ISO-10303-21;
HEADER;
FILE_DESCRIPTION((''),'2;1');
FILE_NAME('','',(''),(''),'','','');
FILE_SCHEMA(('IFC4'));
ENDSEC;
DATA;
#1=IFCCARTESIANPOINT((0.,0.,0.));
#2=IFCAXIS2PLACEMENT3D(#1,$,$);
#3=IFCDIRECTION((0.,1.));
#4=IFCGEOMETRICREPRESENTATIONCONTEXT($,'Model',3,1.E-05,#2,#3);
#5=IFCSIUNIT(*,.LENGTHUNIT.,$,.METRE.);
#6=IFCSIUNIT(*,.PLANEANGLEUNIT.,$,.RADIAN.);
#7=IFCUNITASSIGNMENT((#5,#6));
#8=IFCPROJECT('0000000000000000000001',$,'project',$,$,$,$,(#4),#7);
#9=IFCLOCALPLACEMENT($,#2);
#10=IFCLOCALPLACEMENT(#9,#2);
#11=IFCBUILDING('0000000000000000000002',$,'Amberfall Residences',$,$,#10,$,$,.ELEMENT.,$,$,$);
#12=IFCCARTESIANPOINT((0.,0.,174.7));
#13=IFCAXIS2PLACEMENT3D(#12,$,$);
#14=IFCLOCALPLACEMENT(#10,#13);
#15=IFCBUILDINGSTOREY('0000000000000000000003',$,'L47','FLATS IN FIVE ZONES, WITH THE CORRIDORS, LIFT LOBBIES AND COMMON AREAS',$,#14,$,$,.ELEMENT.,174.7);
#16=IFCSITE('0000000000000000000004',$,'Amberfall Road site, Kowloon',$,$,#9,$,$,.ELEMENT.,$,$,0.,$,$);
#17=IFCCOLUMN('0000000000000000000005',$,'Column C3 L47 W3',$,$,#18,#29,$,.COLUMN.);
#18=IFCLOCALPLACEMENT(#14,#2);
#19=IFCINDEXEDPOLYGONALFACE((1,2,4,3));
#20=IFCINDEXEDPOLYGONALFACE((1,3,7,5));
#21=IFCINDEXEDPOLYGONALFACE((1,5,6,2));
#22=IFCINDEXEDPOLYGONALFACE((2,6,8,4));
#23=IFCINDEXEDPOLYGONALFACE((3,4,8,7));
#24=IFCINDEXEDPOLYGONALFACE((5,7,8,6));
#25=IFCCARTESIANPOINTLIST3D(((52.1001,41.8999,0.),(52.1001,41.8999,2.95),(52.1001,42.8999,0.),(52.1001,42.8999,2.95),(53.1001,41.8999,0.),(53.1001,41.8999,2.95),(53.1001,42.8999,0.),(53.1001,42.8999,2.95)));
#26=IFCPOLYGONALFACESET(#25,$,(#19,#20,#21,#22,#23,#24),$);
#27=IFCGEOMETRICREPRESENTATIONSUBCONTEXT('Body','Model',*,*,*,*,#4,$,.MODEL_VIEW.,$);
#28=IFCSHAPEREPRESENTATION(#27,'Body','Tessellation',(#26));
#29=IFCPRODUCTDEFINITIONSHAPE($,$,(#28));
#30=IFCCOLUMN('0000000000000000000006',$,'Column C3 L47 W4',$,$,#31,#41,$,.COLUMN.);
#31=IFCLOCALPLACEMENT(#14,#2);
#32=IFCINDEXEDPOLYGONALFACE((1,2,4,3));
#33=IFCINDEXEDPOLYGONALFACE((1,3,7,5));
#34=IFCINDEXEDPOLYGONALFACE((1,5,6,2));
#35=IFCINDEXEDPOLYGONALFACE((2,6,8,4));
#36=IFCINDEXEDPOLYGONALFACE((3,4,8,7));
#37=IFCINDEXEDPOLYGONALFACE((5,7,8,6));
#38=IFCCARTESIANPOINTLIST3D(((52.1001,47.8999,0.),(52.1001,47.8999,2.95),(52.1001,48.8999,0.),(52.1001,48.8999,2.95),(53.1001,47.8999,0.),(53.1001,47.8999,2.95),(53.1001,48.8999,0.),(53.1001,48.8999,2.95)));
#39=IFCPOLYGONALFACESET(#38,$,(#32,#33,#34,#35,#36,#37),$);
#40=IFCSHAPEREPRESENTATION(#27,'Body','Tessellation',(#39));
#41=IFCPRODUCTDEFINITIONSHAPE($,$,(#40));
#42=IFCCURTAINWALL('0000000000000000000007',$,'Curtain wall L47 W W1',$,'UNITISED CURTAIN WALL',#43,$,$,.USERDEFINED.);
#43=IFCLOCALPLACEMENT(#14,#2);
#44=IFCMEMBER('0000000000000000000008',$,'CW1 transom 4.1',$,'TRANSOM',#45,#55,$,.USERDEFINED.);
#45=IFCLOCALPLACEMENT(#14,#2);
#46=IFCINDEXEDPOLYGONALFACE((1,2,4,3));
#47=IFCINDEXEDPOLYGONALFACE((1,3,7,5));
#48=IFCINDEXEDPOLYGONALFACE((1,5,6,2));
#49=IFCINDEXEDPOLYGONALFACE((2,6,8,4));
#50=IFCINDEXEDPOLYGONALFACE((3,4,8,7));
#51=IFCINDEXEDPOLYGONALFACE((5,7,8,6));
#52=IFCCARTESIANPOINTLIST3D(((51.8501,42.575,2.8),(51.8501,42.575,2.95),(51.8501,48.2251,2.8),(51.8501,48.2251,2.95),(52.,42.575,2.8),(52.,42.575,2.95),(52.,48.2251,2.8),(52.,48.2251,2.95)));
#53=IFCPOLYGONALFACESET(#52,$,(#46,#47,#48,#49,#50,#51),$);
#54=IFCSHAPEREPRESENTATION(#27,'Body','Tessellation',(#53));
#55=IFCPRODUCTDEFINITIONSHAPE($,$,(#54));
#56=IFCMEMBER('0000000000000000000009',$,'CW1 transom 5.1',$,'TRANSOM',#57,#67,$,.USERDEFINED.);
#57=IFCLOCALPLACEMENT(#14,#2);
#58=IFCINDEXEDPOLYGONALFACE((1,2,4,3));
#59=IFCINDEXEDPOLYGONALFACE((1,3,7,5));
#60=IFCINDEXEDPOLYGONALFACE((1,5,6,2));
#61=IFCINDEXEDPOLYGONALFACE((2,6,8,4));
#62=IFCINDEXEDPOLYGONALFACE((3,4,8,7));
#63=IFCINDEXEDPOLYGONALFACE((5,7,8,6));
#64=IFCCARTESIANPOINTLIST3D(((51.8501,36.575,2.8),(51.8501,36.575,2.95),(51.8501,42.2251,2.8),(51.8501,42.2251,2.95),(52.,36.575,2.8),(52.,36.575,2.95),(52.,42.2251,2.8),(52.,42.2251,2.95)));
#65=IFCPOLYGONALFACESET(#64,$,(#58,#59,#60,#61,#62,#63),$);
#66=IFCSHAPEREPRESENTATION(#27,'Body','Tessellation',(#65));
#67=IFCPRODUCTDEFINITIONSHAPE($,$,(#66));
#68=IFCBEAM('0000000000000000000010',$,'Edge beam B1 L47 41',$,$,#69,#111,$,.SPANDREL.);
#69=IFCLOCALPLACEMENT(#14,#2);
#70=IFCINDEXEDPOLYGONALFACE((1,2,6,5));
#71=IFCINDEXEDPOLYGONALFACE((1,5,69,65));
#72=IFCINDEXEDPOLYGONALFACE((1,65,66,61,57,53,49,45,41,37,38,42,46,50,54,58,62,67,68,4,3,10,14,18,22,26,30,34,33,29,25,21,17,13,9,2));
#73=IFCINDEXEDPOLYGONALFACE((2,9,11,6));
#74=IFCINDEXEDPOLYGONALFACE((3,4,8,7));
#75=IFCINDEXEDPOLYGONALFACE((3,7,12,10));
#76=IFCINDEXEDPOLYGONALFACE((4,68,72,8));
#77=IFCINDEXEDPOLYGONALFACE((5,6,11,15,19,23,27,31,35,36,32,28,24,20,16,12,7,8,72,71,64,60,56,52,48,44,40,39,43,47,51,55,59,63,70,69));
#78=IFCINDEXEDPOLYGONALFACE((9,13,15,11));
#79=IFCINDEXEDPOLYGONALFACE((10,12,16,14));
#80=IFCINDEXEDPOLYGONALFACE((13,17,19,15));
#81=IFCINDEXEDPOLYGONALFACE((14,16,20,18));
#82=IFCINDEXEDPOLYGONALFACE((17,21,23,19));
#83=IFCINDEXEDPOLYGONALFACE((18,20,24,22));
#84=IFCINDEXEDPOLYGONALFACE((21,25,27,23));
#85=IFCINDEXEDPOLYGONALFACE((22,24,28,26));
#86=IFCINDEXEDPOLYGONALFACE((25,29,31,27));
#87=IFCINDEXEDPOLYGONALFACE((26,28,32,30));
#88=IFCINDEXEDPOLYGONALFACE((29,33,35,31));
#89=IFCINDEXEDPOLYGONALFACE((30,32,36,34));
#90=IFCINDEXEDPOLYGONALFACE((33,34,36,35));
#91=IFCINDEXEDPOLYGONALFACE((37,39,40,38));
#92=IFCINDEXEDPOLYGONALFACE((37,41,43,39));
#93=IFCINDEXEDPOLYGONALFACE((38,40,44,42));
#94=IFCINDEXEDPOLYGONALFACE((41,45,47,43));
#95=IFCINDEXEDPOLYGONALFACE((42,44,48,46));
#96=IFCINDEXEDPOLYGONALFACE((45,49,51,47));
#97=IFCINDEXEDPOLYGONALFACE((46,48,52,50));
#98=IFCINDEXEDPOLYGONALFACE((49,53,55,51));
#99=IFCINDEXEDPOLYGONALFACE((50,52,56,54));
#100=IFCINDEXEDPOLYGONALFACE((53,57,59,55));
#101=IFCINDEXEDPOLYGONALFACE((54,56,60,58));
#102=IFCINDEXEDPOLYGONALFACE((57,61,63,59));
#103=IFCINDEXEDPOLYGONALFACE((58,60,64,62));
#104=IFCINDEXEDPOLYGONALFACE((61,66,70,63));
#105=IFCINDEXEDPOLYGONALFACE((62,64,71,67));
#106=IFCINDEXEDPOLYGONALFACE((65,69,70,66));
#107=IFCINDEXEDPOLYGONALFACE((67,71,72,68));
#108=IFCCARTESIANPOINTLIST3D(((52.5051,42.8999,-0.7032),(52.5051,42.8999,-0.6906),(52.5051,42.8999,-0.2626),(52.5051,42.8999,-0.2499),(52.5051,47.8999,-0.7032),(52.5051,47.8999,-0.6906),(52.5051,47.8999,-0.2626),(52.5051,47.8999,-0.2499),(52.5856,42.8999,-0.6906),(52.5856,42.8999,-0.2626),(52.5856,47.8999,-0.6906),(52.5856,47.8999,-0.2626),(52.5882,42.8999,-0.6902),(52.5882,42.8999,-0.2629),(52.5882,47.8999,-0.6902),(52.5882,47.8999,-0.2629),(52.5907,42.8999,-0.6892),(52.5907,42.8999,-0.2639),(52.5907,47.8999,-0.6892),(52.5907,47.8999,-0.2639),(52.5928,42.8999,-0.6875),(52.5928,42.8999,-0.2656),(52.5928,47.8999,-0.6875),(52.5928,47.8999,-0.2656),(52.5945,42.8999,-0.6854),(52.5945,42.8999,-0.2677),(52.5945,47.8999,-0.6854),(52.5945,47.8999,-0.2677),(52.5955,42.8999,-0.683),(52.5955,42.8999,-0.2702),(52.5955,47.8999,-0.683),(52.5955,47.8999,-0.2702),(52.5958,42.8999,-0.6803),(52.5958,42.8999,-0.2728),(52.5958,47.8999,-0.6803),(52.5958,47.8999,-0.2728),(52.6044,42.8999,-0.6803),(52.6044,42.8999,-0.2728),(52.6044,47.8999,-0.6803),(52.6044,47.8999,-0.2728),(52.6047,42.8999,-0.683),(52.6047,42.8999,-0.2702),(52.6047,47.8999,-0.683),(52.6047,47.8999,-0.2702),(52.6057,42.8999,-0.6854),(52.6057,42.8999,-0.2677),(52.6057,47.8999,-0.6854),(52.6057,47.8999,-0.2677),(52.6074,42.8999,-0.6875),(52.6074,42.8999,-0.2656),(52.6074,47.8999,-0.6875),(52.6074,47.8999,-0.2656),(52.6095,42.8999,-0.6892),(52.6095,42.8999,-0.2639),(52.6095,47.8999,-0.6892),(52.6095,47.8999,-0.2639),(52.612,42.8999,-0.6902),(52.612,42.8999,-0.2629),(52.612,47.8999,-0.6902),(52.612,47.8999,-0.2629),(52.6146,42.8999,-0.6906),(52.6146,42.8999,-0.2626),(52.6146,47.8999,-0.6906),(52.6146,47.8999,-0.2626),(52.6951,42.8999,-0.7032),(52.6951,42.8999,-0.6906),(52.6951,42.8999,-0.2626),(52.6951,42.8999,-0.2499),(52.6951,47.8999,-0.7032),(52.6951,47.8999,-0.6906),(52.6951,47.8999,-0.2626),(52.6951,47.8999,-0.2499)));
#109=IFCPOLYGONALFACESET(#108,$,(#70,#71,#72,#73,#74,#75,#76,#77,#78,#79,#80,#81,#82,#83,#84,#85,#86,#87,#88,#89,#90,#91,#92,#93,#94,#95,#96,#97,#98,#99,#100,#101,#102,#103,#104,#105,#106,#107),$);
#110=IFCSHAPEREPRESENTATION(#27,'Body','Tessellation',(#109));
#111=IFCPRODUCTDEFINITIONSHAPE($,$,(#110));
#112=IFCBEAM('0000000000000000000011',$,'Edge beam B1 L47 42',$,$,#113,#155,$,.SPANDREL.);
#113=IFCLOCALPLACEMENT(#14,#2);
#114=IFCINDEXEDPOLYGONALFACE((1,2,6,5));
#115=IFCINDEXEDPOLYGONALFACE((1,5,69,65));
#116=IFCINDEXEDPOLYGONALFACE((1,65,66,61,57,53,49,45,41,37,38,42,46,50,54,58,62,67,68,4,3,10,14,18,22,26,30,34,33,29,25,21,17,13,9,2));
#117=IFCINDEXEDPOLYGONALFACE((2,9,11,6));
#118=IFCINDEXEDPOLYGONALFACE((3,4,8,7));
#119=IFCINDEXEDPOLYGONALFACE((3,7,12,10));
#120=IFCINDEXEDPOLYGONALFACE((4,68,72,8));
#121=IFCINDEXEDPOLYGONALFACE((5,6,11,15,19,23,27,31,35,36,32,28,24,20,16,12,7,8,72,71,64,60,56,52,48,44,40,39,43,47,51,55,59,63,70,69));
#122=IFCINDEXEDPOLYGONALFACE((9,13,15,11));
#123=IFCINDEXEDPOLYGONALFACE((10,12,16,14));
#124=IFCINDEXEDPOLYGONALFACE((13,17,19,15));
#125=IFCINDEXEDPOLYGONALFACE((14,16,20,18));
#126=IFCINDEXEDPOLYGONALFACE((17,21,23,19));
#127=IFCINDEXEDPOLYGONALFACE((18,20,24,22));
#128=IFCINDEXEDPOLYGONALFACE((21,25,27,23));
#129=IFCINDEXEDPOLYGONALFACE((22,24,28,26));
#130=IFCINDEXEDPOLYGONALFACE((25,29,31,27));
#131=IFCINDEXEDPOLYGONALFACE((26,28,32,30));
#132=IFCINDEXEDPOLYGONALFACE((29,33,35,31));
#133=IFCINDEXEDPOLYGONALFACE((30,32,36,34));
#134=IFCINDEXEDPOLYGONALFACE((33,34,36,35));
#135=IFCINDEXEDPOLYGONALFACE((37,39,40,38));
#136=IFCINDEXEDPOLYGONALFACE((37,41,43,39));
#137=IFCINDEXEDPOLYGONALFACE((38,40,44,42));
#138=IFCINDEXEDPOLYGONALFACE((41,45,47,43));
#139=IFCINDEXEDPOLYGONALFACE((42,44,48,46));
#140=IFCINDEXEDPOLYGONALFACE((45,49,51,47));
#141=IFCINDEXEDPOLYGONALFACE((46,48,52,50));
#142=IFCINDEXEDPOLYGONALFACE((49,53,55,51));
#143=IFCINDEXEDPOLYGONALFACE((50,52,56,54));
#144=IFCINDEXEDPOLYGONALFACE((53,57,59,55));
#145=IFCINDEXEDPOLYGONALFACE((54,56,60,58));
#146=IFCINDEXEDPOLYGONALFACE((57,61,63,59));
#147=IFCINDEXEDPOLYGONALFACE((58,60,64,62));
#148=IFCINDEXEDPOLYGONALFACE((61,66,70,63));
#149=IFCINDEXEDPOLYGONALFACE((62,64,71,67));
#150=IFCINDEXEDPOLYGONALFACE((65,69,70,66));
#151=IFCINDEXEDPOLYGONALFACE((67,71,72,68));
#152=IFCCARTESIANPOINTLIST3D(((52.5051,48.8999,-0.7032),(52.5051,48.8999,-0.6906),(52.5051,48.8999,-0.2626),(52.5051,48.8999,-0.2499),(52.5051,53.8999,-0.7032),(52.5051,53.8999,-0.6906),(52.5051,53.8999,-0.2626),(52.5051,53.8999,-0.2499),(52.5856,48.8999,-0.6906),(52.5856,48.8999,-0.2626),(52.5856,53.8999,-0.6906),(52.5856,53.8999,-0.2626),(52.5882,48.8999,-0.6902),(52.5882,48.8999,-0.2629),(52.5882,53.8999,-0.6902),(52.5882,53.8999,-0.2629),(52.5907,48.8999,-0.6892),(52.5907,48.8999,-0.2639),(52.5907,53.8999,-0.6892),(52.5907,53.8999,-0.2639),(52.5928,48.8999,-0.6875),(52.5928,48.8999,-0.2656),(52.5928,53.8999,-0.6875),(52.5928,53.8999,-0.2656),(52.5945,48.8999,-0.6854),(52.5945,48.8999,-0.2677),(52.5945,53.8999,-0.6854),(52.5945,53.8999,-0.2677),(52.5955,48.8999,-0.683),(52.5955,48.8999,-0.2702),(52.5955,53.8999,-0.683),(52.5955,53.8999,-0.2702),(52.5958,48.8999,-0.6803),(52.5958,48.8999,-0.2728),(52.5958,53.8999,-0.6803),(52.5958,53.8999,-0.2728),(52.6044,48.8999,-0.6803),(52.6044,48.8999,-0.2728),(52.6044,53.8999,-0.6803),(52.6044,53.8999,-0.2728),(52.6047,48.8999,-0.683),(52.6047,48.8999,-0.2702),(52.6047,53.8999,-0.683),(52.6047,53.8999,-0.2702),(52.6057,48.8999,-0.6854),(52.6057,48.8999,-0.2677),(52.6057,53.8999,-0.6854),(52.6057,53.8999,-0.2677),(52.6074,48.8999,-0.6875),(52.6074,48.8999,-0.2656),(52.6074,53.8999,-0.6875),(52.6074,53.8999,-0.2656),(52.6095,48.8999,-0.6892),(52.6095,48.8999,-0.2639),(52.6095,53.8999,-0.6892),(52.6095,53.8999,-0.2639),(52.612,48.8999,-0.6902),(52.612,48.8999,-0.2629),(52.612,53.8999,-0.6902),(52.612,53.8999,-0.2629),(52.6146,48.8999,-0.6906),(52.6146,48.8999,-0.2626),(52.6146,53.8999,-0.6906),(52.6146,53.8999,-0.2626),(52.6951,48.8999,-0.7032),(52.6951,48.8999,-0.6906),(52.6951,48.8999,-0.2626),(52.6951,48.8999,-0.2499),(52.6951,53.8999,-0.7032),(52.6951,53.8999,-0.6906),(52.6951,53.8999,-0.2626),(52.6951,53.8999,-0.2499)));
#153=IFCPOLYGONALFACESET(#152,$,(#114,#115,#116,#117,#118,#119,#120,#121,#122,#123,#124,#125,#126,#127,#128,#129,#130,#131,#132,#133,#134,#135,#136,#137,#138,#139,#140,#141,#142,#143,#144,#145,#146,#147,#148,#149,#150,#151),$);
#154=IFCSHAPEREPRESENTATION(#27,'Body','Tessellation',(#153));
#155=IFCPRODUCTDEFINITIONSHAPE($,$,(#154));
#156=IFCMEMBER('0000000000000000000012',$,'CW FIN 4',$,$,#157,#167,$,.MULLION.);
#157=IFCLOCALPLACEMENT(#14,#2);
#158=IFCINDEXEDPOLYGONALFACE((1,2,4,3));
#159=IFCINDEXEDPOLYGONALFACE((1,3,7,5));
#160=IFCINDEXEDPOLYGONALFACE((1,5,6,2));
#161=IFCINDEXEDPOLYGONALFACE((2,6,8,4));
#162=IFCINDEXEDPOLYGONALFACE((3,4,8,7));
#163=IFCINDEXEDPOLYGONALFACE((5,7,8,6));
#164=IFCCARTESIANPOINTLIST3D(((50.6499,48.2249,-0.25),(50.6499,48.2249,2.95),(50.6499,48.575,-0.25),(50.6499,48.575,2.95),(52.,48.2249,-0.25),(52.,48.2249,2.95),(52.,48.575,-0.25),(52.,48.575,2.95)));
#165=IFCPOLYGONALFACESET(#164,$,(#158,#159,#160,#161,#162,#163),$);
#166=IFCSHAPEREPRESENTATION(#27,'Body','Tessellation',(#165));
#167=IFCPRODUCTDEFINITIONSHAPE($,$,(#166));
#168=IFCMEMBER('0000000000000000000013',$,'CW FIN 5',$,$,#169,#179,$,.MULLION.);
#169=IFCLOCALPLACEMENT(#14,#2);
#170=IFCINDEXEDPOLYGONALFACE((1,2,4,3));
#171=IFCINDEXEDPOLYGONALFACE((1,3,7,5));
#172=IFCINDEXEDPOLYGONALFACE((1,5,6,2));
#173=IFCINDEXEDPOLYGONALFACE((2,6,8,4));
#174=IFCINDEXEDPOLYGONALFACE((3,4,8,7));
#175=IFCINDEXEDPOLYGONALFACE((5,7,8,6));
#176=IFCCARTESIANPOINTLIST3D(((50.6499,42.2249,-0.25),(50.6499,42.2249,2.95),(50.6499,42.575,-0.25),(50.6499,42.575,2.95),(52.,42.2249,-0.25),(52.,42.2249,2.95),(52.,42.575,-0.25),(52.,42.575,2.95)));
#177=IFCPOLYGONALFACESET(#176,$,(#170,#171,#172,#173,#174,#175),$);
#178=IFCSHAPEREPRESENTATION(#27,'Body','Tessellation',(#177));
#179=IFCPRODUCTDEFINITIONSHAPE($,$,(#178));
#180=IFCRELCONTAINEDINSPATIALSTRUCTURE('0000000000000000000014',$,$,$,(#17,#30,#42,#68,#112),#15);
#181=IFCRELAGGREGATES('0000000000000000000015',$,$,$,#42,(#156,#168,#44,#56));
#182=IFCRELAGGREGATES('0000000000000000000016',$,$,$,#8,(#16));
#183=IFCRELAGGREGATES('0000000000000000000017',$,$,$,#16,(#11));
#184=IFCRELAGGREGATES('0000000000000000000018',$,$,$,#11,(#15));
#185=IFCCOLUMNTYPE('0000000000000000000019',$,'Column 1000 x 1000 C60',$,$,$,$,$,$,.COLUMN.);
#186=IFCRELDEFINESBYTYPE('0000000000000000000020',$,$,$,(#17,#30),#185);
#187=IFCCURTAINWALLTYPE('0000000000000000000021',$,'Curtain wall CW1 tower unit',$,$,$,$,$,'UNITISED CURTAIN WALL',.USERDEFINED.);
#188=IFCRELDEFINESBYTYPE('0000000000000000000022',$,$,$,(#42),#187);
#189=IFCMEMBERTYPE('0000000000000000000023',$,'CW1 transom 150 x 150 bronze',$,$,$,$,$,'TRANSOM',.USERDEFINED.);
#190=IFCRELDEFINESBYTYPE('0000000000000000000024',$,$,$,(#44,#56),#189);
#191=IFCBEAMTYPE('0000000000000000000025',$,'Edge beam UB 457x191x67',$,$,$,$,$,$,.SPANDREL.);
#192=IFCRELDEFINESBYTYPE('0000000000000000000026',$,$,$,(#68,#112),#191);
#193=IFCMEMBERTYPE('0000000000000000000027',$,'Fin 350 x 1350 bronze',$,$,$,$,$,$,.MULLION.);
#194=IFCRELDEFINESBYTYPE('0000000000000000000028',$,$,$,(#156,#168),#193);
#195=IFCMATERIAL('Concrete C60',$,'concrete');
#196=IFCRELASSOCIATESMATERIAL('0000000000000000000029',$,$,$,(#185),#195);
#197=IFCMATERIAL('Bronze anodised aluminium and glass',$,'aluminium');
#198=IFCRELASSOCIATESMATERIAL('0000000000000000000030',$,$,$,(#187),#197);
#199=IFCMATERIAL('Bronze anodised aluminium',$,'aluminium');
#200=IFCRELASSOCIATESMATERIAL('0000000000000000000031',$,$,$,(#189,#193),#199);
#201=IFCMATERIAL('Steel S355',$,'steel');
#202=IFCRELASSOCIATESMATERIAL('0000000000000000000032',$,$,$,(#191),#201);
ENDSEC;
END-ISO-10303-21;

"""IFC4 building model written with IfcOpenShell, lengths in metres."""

from ifc_helpers import new_model, si_unit, direction, frame, origin, origin_2d, place, context, subcontext, project, spatial, rectangle, i_section, extrude, material, material_profile, profile_set, type_object, element, aggregate, save


model = new_model("IFC4")

# Units and contexts
model_context = context("Model", 3, precision=1e-05, world=origin(), true_north=direction((0.0, 1.0)))
body_context = subcontext(model_context, "Body", "Model", "MODEL_VIEW")
ifc_project = project(units=[si_unit("LENGTHUNIT", "METRE"), si_unit("PLANEANGLEUNIT", "RADIAN")], contexts=[model_context])

# Site, building, storey
site_placement = place(None, origin())
site = spatial("IfcSite", under=ifc_project, at=site_placement, Name="Amberfall Road site, Kowloon", CompositionType="ELEMENT", RefElevation=0.0)
building_placement = place(site_placement, origin())
building = spatial("IfcBuilding", under=site, at=building_placement, Name="Amberfall Residences", CompositionType="ELEMENT")
storey_placement = place(building_placement, frame((0.0, 0.0, 174.7)))
storey = spatial("IfcBuildingStorey", under=building, at=storey_placement, Name="L47", Description="FLATS IN FIVE ZONES, WITH THE CORRIDORS, LIFT LOBBIES AND COMMON AREAS", CompositionType="ELEMENT", Elevation=174.7)

# Columns
ifc_material_1 = material(Name="Concrete C60", Category="concrete")
ifc_material_profile_1 = material_profile(ifc_material_1, rectangle(XDim=1.0, YDim=1.0, at=origin_2d()), Name="Column 1000 x 1000 C60")
ifc_profile_set_1 = profile_set([ifc_material_profile_1], Name="Concrete C60")
column_type = type_object("IfcColumnType", Name="Column 1000 x 1000 C60", PredefinedType="COLUMN", material=ifc_profile_set_1)
for number, where, z_axis, x_axis, name in (
    (1, (52.6001, 42.3999, 0.0), (0.0, 0.0, 1.0), (1.0, 0.0, 0.0), "Column C3 L47 W3"),
    (2, (52.6001, 48.3999, 0.0), (0.0, 0.0, 1.0), (1.0, 0.0, 0.0), "Column C3 L47 W4"),
):
    element("IfcColumn", number, at=place(storey_placement, frame(where, z_axis=z_axis, x_axis=x_axis)), inside=storey, type_object=column_type, Name=name, PredefinedType="COLUMN", context=body_context, shape_type="SweptSolid", body=[
        extrude(rectangle(XDim=1.0, YDim=1.0, at=origin_2d()), origin(), (0.0, 0.0, 1.0), 2.95),
    ])

# Curtain wall, members
ifc_material_2 = material(Name="Bronze anodised aluminium and glass", Category="aluminium")
curtain_wall_type = type_object("IfcCurtainWallType", Name="Curtain wall CW1 tower unit", ElementType="UNITISED CURTAIN WALL", PredefinedType="USERDEFINED", material=ifc_material_2)
curtain_wall_placement = place(storey_placement, origin())
curtain_wall = element("IfcCurtainWall", 3, at=curtain_wall_placement, inside=storey, type_object=curtain_wall_type, Name="Curtain wall L47 W W1", ObjectType="UNITISED CURTAIN WALL", PredefinedType="USERDEFINED")
ifc_material_3 = material(Name="Bronze anodised aluminium", Category="aluminium")
ifc_material_profile_2 = material_profile(ifc_material_3, rectangle(XDim=0.1499, YDim=0.1499, at=origin_2d()), Name="CW1 transom 150 x 150 bronze")
ifc_profile_set_2 = profile_set([ifc_material_profile_2], Name="Bronze anodised aluminium")
member_type_1 = type_object("IfcMemberType", Name="CW1 transom 150 x 150 bronze", ElementType="TRANSOM", PredefinedType="USERDEFINED", material=ifc_profile_set_2)
member_1_placement = place(storey_placement, frame((51.925, 48.2251, 2.875), z_axis=(0.0, -1.0, 0.0), x_axis=(1.0, 0.0, 0.0)))
member_1 = element("IfcMember", 4, at=member_1_placement, type_object=member_type_1, Name="CW1 transom 4.1", ObjectType="TRANSOM", PredefinedType="USERDEFINED", context=body_context, shape_type="SweptSolid", body=[
    extrude(rectangle(XDim=0.1499, YDim=0.1499, at=origin_2d()), origin(), (0.0, 0.0, 1.0), 5.6501),
])
member_2_placement = place(storey_placement, frame((51.925, 42.2251, 2.875), z_axis=(0.0, -1.0, 0.0), x_axis=(1.0, 0.0, 0.0)))
member_2 = element("IfcMember", 5, at=member_2_placement, type_object=member_type_1, Name="CW1 transom 5.1", ObjectType="TRANSOM", PredefinedType="USERDEFINED", context=body_context, shape_type="SweptSolid", body=[
    extrude(rectangle(XDim=0.1499, YDim=0.1499, at=origin_2d()), origin(), (0.0, 0.0, 1.0), 5.6501),
])

# Beams
ifc_material_4 = material(Name="Steel S355", Category="steel")
ifc_material_profile_3 = material_profile(ifc_material_4, i_section(OverallWidth=0.1899, OverallDepth=0.4534, WebThickness=0.0085, FlangeThickness=0.0127, FilletRadius=0.0103, at=origin_2d()), Name="UB 457x191x67")
ifc_profile_set_3 = profile_set([ifc_material_profile_3], Name="Steel S355")
beam_type_1 = type_object("IfcBeamType", Name="Edge beam UB 457x191x67", PredefinedType="SPANDREL", material=ifc_profile_set_3)
for number, where, z_axis, x_axis, name in (
    (6, (52.6001, 42.8999, -0.4766), (0.0, 1.0, 0.0), (-1.0, 0.0, 0.0), "Edge beam B1 L47 41"),
    (7, (52.6001, 48.8999, -0.4766), (0.0, 1.0, 0.0), (-1.0, 0.0, 0.0), "Edge beam B1 L47 42"),
):
    element("IfcBeam", number, at=place(storey_placement, frame(where, z_axis=z_axis, x_axis=x_axis)), inside=storey, type_object=beam_type_1, Name=name, PredefinedType="SPANDREL", context=body_context, shape_type="SweptSolid", body=[
        extrude(i_section(OverallWidth=0.1899, OverallDepth=0.4534, WebThickness=0.0085, FlangeThickness=0.0127, FilletRadius=0.0103, at=origin_2d()), origin(), (0.0, 0.0, 1.0), 5.0),
    ])

# Members
ifc_material_profile_4 = material_profile(ifc_material_3, rectangle(XDim=1.3501, YDim=0.3501, at=origin_2d()), Name="Fin 350 x 1350 bronze")
ifc_profile_set_4 = profile_set([ifc_material_profile_4], Name="Bronze anodised aluminium")
member_type_2 = type_object("IfcMemberType", Name="Fin 350 x 1350 bronze", PredefinedType="MULLION", material=ifc_profile_set_4)
member_3_placement = place(storey_placement, frame((51.325, 48.3999, -0.25), z_axis=(0.0, 0.0, 1.0), x_axis=(1.0, 0.0, 0.0)))
member_3 = element("IfcMember", 8, at=member_3_placement, type_object=member_type_2, Name="CW FIN 4", PredefinedType="MULLION", context=body_context, shape_type="SweptSolid", body=[
    extrude(rectangle(XDim=1.3501, YDim=0.3501, at=origin_2d()), origin(), (0.0, 0.0, 1.0), 3.2),
])
member_4_placement = place(storey_placement, frame((51.325, 42.3999, -0.25), z_axis=(0.0, 0.0, 1.0), x_axis=(1.0, 0.0, 0.0)))
member_4 = element("IfcMember", 9, at=member_4_placement, type_object=member_type_2, Name="CW FIN 5", PredefinedType="MULLION", context=body_context, shape_type="SweptSolid", body=[
    extrude(rectangle(XDim=1.3501, YDim=0.3501, at=origin_2d()), origin(), (0.0, 0.0, 1.0), 3.2),
])

aggregate(curtain_wall, [member_3, member_4, member_1, member_2])

save(model, "model.ifc")
